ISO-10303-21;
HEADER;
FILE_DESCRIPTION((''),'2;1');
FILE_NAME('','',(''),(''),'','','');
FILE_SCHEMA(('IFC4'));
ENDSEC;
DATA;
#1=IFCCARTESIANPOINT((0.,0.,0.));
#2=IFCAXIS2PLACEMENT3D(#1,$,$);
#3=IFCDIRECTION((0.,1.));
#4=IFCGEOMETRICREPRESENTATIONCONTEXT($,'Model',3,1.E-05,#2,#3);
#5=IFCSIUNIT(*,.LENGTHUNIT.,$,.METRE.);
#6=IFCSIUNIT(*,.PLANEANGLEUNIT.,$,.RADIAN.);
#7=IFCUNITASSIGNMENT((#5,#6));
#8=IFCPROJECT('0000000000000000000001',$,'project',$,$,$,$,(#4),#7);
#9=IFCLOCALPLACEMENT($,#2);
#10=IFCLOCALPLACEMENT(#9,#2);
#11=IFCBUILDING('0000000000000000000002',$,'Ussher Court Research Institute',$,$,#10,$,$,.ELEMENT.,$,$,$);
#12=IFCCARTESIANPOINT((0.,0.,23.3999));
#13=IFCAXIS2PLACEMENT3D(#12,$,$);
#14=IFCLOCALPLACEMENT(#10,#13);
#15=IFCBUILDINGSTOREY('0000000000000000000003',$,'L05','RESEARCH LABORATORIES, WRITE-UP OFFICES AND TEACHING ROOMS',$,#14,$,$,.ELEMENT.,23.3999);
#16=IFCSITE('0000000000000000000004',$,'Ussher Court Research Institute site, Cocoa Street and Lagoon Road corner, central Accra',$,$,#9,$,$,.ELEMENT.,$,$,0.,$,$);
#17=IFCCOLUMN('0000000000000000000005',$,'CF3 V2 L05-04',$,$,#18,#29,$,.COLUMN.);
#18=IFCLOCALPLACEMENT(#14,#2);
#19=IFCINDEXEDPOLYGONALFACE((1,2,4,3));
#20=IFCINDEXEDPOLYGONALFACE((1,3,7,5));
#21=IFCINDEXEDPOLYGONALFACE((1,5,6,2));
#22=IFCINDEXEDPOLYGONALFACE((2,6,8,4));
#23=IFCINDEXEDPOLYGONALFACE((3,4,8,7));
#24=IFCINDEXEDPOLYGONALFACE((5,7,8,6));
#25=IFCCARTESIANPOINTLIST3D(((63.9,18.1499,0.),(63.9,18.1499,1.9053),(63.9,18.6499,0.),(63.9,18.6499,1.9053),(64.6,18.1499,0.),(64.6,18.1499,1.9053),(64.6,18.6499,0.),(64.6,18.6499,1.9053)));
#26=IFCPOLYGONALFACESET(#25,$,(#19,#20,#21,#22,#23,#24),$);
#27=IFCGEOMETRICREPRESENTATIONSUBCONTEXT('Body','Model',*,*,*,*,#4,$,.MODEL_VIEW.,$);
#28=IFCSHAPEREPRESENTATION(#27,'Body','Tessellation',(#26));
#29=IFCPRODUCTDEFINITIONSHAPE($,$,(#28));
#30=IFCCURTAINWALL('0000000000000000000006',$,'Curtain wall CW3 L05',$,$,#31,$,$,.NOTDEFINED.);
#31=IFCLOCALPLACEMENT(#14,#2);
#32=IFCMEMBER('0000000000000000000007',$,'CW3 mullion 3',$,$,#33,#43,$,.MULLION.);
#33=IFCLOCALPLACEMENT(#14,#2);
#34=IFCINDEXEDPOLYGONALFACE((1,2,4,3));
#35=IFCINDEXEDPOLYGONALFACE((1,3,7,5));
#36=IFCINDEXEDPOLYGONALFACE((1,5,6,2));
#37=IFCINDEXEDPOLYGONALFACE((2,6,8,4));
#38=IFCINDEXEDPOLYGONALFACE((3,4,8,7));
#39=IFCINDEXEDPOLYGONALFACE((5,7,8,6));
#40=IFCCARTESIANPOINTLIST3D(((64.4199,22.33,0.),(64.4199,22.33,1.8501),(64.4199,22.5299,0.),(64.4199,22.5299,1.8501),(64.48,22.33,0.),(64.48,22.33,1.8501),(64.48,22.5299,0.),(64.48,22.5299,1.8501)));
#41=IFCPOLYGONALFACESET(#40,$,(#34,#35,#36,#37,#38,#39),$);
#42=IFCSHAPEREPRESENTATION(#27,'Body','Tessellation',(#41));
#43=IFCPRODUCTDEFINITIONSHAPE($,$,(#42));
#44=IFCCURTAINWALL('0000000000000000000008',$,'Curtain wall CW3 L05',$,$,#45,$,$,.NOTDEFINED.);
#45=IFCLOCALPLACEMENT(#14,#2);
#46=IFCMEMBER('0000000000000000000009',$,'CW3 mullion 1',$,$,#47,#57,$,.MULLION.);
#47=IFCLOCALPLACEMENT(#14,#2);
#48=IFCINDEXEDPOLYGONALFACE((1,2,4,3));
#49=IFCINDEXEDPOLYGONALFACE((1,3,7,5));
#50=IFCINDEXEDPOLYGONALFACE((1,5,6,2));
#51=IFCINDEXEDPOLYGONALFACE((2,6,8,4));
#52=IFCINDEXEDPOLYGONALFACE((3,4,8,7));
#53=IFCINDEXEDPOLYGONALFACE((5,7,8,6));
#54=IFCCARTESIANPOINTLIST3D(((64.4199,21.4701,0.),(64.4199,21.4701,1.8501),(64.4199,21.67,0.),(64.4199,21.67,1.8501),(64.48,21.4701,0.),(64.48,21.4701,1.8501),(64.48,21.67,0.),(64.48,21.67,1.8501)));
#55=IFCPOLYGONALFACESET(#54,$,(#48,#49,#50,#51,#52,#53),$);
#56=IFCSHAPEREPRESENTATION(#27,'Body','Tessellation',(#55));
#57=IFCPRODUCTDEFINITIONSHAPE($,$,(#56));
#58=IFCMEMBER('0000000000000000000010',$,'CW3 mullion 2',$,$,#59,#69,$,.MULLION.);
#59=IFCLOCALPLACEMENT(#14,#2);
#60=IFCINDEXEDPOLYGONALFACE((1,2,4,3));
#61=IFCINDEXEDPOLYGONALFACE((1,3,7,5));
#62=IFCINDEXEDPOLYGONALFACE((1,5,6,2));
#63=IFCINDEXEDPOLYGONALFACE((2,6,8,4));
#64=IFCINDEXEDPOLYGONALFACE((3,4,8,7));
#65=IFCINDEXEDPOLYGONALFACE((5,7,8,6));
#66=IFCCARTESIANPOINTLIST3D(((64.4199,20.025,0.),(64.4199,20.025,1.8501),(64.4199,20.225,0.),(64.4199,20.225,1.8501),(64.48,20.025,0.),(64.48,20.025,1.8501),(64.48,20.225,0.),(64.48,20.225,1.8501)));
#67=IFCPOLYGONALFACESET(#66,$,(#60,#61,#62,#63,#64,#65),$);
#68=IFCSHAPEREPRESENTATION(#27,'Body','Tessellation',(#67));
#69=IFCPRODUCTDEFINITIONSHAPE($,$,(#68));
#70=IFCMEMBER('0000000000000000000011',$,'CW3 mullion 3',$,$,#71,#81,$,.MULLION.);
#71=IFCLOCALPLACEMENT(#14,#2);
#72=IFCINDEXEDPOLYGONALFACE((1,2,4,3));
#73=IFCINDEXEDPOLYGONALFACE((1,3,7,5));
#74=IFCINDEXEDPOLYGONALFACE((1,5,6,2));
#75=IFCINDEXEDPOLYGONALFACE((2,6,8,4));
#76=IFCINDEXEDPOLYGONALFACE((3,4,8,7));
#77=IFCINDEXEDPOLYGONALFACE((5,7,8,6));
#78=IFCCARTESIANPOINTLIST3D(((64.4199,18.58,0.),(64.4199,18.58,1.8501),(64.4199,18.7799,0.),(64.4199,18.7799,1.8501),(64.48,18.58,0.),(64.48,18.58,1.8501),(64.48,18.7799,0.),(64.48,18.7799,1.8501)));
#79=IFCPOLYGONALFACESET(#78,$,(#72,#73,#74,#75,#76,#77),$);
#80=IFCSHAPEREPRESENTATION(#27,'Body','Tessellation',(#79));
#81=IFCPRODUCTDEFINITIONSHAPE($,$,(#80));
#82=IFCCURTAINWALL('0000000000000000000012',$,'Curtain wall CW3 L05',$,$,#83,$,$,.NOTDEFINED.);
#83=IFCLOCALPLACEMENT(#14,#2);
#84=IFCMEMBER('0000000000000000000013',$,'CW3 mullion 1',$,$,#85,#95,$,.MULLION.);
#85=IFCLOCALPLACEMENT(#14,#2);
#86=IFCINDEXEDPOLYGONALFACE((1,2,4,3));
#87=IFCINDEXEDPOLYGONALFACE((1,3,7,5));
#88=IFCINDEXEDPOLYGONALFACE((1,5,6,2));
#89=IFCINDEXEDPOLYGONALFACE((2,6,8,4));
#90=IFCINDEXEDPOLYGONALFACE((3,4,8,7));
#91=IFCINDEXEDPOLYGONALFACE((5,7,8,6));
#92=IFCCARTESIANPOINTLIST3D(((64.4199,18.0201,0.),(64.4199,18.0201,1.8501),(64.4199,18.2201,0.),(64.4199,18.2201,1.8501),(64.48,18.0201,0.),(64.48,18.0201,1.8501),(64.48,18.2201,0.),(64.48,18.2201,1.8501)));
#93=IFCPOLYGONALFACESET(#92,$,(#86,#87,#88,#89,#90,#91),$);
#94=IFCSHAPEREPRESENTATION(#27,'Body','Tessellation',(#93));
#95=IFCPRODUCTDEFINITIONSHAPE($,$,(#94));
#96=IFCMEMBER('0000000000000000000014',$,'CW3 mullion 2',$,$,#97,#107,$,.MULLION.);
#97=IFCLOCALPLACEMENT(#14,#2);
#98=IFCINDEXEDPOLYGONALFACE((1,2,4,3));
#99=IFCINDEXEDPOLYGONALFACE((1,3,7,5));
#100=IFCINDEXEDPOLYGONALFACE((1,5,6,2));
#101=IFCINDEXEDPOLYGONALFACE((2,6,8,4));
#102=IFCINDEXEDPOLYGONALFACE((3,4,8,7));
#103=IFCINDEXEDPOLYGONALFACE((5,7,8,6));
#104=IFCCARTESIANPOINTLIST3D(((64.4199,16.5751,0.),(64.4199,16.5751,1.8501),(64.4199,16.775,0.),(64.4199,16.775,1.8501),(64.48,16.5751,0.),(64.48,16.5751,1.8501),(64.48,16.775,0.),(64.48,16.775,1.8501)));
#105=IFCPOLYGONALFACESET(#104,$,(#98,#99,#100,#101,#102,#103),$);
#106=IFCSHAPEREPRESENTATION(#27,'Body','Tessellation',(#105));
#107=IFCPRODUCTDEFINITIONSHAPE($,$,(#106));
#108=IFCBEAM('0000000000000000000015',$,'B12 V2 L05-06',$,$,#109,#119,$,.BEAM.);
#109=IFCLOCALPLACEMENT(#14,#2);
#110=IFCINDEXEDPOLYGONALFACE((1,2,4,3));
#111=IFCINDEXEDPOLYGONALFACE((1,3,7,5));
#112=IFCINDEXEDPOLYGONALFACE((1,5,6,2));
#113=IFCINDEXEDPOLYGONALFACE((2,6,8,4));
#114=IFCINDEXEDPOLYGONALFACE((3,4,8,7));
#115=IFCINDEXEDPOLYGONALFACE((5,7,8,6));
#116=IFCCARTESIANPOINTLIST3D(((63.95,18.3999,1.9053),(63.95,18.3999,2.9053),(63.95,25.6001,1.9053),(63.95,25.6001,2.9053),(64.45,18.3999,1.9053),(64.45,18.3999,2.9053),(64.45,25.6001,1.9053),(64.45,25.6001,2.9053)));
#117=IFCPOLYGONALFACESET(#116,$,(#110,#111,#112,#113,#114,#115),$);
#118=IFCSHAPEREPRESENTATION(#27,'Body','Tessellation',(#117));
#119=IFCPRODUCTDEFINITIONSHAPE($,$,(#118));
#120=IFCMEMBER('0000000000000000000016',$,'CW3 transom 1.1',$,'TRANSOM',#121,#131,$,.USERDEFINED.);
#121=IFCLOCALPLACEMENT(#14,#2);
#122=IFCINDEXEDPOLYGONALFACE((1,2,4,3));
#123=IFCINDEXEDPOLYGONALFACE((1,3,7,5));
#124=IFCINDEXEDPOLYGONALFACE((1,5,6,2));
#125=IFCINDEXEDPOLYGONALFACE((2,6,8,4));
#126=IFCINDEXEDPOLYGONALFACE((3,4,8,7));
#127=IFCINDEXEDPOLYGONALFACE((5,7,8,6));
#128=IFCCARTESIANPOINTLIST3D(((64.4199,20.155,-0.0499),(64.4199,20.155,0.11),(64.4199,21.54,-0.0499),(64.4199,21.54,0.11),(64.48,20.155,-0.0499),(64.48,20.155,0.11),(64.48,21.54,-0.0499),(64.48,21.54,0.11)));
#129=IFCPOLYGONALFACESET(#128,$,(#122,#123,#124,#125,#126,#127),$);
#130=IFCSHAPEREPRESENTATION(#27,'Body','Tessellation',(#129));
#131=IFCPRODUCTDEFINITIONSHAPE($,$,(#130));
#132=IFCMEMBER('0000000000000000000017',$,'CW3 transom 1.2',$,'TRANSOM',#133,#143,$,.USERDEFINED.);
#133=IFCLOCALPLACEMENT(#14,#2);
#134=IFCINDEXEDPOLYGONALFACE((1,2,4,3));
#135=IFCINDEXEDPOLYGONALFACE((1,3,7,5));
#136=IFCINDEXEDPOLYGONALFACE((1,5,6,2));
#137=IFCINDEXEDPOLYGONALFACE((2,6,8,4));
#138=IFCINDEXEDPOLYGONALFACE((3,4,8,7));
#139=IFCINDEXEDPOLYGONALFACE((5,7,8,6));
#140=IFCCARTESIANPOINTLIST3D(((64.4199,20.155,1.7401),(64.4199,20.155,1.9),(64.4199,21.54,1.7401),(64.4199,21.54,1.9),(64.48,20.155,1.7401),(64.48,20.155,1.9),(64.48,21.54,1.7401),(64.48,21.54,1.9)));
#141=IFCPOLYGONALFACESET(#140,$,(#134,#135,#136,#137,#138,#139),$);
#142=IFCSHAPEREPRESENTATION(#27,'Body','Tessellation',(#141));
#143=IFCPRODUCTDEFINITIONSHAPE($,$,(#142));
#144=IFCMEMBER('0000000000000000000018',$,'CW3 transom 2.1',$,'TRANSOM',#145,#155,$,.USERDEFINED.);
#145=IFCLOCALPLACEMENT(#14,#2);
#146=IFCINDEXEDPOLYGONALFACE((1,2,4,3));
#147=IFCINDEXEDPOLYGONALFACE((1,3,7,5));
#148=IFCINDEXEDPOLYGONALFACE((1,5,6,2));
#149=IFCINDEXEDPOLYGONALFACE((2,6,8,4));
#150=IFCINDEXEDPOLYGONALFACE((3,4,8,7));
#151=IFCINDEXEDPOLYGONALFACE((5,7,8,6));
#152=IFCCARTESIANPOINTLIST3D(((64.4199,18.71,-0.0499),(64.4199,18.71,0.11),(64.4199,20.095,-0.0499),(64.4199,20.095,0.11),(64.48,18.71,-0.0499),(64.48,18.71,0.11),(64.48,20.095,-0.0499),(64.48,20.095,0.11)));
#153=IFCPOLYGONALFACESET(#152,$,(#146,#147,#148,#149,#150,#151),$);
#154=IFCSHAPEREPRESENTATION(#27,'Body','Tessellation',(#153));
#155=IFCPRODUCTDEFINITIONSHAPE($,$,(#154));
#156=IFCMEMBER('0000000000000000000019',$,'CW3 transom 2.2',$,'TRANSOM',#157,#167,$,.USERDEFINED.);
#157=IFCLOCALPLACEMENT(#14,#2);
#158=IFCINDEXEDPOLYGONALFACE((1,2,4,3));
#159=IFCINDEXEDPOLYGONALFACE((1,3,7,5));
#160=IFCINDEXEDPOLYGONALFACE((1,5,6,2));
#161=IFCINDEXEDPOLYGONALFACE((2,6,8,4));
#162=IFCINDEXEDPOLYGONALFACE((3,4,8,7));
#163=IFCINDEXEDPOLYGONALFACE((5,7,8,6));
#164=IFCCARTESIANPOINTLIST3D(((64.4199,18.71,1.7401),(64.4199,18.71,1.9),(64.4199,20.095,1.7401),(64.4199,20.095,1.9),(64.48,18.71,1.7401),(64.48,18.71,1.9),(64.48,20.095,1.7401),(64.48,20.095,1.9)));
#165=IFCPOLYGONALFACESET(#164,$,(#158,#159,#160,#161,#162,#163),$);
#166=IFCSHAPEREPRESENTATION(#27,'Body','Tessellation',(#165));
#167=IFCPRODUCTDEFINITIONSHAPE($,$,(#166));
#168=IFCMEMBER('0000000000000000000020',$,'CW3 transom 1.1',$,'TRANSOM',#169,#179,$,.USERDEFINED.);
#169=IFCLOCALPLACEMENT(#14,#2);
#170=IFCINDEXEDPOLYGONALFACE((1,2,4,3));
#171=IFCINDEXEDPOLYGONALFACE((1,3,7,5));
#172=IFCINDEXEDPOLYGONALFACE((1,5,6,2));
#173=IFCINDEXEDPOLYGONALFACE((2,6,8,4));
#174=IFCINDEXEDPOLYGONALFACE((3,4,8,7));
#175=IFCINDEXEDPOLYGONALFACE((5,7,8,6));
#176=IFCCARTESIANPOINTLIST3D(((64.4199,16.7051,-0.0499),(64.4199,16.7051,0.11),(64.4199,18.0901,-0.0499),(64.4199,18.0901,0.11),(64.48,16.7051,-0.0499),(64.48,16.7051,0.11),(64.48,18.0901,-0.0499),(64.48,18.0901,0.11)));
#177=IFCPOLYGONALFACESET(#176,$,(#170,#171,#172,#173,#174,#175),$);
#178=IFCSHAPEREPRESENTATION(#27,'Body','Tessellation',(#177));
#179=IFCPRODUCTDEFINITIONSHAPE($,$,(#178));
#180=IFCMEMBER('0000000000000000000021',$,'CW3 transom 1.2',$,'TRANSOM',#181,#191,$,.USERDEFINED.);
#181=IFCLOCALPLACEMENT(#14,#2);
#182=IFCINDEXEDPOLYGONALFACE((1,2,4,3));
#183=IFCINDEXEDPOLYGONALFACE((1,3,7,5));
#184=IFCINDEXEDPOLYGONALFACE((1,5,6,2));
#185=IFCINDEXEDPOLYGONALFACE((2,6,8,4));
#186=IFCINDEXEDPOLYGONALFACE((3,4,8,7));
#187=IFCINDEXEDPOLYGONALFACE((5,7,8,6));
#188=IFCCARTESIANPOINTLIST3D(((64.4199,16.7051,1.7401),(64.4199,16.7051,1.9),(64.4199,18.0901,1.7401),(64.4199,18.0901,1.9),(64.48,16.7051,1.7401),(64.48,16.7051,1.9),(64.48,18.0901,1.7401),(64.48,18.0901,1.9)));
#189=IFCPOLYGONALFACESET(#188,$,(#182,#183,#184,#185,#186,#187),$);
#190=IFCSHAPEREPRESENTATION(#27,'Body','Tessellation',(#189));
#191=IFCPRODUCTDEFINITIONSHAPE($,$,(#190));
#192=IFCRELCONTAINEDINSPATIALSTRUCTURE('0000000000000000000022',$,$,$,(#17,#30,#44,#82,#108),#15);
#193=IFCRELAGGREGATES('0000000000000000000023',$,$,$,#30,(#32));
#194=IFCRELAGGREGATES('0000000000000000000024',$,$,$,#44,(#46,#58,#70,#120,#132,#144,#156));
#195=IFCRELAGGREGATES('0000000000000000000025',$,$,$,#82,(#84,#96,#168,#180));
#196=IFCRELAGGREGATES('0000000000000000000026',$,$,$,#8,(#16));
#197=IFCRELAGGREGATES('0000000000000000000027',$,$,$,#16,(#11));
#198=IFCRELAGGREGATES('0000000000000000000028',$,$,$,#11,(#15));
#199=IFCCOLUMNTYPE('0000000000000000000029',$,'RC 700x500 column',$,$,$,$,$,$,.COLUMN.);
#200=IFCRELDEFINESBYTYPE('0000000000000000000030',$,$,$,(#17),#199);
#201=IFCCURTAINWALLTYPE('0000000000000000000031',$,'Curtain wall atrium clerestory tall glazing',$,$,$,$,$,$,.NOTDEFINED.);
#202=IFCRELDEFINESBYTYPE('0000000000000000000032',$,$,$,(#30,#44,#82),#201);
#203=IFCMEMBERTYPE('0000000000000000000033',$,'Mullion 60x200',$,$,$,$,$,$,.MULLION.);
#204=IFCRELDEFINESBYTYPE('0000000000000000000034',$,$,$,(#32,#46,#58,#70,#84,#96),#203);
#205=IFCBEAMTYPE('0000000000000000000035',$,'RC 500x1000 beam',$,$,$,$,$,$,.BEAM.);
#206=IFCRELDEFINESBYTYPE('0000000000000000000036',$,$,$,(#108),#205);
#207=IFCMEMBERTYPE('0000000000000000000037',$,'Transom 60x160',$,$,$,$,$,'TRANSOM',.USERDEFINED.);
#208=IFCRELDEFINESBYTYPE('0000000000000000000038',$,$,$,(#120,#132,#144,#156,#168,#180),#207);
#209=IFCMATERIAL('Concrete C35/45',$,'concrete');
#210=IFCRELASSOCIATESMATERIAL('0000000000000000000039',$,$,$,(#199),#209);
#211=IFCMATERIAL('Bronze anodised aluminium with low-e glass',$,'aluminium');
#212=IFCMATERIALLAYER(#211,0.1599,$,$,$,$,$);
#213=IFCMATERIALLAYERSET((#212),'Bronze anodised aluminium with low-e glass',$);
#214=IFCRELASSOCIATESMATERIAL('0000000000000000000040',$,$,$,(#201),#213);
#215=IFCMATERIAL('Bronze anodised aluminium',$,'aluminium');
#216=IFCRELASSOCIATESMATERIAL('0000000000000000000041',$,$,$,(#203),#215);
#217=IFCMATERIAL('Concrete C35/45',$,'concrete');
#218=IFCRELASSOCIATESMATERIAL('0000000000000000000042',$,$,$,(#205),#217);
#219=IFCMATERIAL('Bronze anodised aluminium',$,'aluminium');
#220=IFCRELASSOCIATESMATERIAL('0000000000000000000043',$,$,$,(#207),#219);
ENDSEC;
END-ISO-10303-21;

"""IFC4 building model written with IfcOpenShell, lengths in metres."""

from ifc_helpers import new_model, si_unit, direction, frame, origin, origin_2d, place, context, subcontext, project, spatial, rectangle, extrude, material, layer, layer_set, material_profile, profile_set, type_object, element, aggregate, save


model = new_model("IFC4")

# Units and contexts
model_context = context("Model", 3, precision=1e-05, world=origin(), true_north=direction((0.0, 1.0)))
body_context = subcontext(model_context, "Body", "Model", "MODEL_VIEW")
ifc_project = project(units=[si_unit("LENGTHUNIT", "METRE"), si_unit("PLANEANGLEUNIT", "RADIAN")], contexts=[model_context])

# Site, building, storey
site_placement = place(None, origin())
site = spatial("IfcSite", under=ifc_project, at=site_placement, Name="Ussher Court Research Institute site, Cocoa Street and Lagoon Road corner, central Accra", CompositionType="ELEMENT", RefElevation=0.0)
building_placement = place(site_placement, origin())
building = spatial("IfcBuilding", under=site, at=building_placement, Name="Ussher Court Research Institute", CompositionType="ELEMENT")
storey_placement = place(building_placement, frame((0.0, 0.0, 23.3999)))
storey = spatial("IfcBuildingStorey", under=building, at=storey_placement, Name="L05", Description="RESEARCH LABORATORIES, WRITE-UP OFFICES AND TEACHING ROOMS", CompositionType="ELEMENT", Elevation=23.3999)

# Column
ifc_material_1 = material(Name="Concrete C35/45", Category="concrete")
ifc_material_profile_1 = material_profile(ifc_material_1, rectangle(XDim=0.7, YDim=0.5, at=origin_2d()), Name="RC 700x500")
ifc_profile_set_1 = profile_set([ifc_material_profile_1], Name="Concrete C35/45")
column_type = type_object("IfcColumnType", Name="RC 700x500 column", PredefinedType="COLUMN", material=ifc_profile_set_1)
column_placement = place(storey_placement, frame((64.25, 18.3999, 0.0), z_axis=(0.0, 0.0, 1.0), x_axis=(1.0, 0.0, 0.0)))
element("IfcColumn", 1, at=column_placement, inside=storey, type_object=column_type, Name="CF3 V2 L05-04", PredefinedType="COLUMN", context=body_context, shape_type="SweptSolid", body=[
    extrude(rectangle(XDim=0.7, YDim=0.5, at=origin_2d()), origin(), (0.0, 0.0, 1.0), 1.9053),
])

# Curtain wall, member
ifc_material_2 = material(Name="Bronze anodised aluminium with low-e glass", Category="aluminium")
ifc_layer_1 = layer(ifc_material_2, 0.1599)
ifc_layer_set_1 = layer_set([ifc_layer_1], Name="Bronze anodised aluminium with low-e glass")
curtain_wall_type = type_object("IfcCurtainWallType", Name="Curtain wall atrium clerestory tall glazing", PredefinedType="NOTDEFINED", material=ifc_layer_set_1)
curtain_wall_1_placement = place(storey_placement, origin())
curtain_wall_1 = element("IfcCurtainWall", 2, at=curtain_wall_1_placement, inside=storey, type_object=curtain_wall_type, Name="Curtain wall CW3 L05", PredefinedType="NOTDEFINED")
ifc_material_3 = material(Name="Bronze anodised aluminium", Category="aluminium")
ifc_material_profile_2 = material_profile(ifc_material_3, rectangle(XDim=0.0601, YDim=0.2, at=origin_2d()), Name="Mullion 60x200")
ifc_profile_set_2 = profile_set([ifc_material_profile_2], Name="Bronze anodised aluminium")
member_type_1 = type_object("IfcMemberType", Name="Mullion 60x200", PredefinedType="MULLION", material=ifc_profile_set_2)
member_1_placement = place(storey_placement, frame((64.45, 22.4299, 0.0), z_axis=(0.0, 0.0, 1.0), x_axis=(1.0, 0.0, 0.0)))
member_1 = element("IfcMember", 3, at=member_1_placement, type_object=member_type_1, Name="CW3 mullion 3", PredefinedType="MULLION", context=body_context, shape_type="SweptSolid", body=[
    extrude(rectangle(XDim=0.0601, YDim=0.2, at=origin_2d()), origin(), (0.0, 0.0, 1.0), 1.8501),
])
aggregate(curtain_wall_1, [member_1])

# Curtain walls, members
curtain_wall_2_placement = place(storey_placement, origin())
curtain_wall_2 = element("IfcCurtainWall", 4, at=curtain_wall_2_placement, inside=storey, type_object=curtain_wall_type, Name="Curtain wall CW3 L05", PredefinedType="NOTDEFINED")
member_2_placement = place(storey_placement, frame((64.45, 21.5701, 0.0), z_axis=(0.0, 0.0, 1.0), x_axis=(1.0, 0.0, 0.0)))
member_2 = element("IfcMember", 5, at=member_2_placement, type_object=member_type_1, Name="CW3 mullion 1", PredefinedType="MULLION", context=body_context, shape_type="SweptSolid", body=[
    extrude(rectangle(XDim=0.0601, YDim=0.2, at=origin_2d()), origin(), (0.0, 0.0, 1.0), 1.8501),
])
member_3_placement = place(storey_placement, frame((64.45, 20.125, 0.0), z_axis=(0.0, 0.0, 1.0), x_axis=(1.0, 0.0, 0.0)))
member_3 = element("IfcMember", 6, at=member_3_placement, type_object=member_type_1, Name="CW3 mullion 2", PredefinedType="MULLION", context=body_context, shape_type="SweptSolid", body=[
    extrude(rectangle(XDim=0.0601, YDim=0.2, at=origin_2d()), origin(), (0.0, 0.0, 1.0), 1.8501),
])
member_4_placement = place(storey_placement, frame((64.45, 18.6799, 0.0), z_axis=(0.0, 0.0, 1.0), x_axis=(1.0, 0.0, 0.0)))
member_4 = element("IfcMember", 7, at=member_4_placement, type_object=member_type_1, Name="CW3 mullion 3", PredefinedType="MULLION", context=body_context, shape_type="SweptSolid", body=[
    extrude(rectangle(XDim=0.0601, YDim=0.2, at=origin_2d()), origin(), (0.0, 0.0, 1.0), 1.8501),
])
curtain_wall_3_placement = place(storey_placement, origin())
curtain_wall_3 = element("IfcCurtainWall", 8, at=curtain_wall_3_placement, inside=storey, type_object=curtain_wall_type, Name="Curtain wall CW3 L05", PredefinedType="NOTDEFINED")
member_5_placement = place(storey_placement, frame((64.45, 18.1201, 0.0), z_axis=(0.0, 0.0, 1.0), x_axis=(1.0, 0.0, 0.0)))
member_5 = element("IfcMember", 9, at=member_5_placement, type_object=member_type_1, Name="CW3 mullion 1", PredefinedType="MULLION", context=body_context, shape_type="SweptSolid", body=[
    extrude(rectangle(XDim=0.0601, YDim=0.2, at=origin_2d()), origin(), (0.0, 0.0, 1.0), 1.8501),
])
member_6_placement = place(storey_placement, frame((64.45, 16.675, 0.0), z_axis=(0.0, 0.0, 1.0), x_axis=(1.0, 0.0, 0.0)))
member_6 = element("IfcMember", 10, at=member_6_placement, type_object=member_type_1, Name="CW3 mullion 2", PredefinedType="MULLION", context=body_context, shape_type="SweptSolid", body=[
    extrude(rectangle(XDim=0.0601, YDim=0.2, at=origin_2d()), origin(), (0.0, 0.0, 1.0), 1.8501),
])

# Beam
ifc_material_4 = material(Name="Concrete C35/45", Category="concrete")
ifc_material_profile_3 = material_profile(ifc_material_4, rectangle(XDim=0.5, YDim=1.0, at=origin_2d()), Name="RC 500x1000")
ifc_profile_set_3 = profile_set([ifc_material_profile_3], Name="Concrete C35/45")
beam_type = type_object("IfcBeamType", Name="RC 500x1000 beam", PredefinedType="BEAM", material=ifc_profile_set_3)
beam_placement = place(storey_placement, frame((64.2, 18.3999, 2.4053), z_axis=(0.0, 1.0, 0.0), x_axis=(-1.0, 0.0, 0.0)))
element("IfcBeam", 11, at=beam_placement, inside=storey, type_object=beam_type, Name="B12 V2 L05-06", PredefinedType="BEAM", context=body_context, shape_type="SweptSolid", body=[
    extrude(rectangle(XDim=0.5, YDim=1.0, at=origin_2d()), origin(), (0.0, 0.0, 1.0), 7.2002),
])

# Members
ifc_material_5 = material(Name="Bronze anodised aluminium", Category="aluminium")
ifc_material_profile_4 = material_profile(ifc_material_5, rectangle(XDim=0.0601, YDim=0.1599, at=origin_2d()), Name="Transom 60x160")
ifc_profile_set_4 = profile_set([ifc_material_profile_4], Name="Bronze anodised aluminium")
member_type_2 = type_object("IfcMemberType", Name="Transom 60x160", ElementType="TRANSOM", PredefinedType="USERDEFINED", material=ifc_profile_set_4)
member_7_placement = place(storey_placement, frame((64.45, 21.54, 0.03), z_axis=(0.0, -1.0, 0.0), x_axis=(1.0, 0.0, 0.0)))
member_7 = element("IfcMember", 12, at=member_7_placement, type_object=member_type_2, Name="CW3 transom 1.1", ObjectType="TRANSOM", PredefinedType="USERDEFINED", context=body_context, shape_type="SweptSolid", body=[
    extrude(rectangle(XDim=0.0601, YDim=0.1599, at=origin_2d()), origin(), (0.0, 0.0, 1.0), 1.385),
])
member_8_placement = place(storey_placement, frame((64.45, 21.54, 1.8201), z_axis=(0.0, -1.0, 0.0), x_axis=(1.0, 0.0, 0.0)))
member_8 = element("IfcMember", 13, at=member_8_placement, type_object=member_type_2, Name="CW3 transom 1.2", ObjectType="TRANSOM", PredefinedType="USERDEFINED", context=body_context, shape_type="SweptSolid", body=[
    extrude(rectangle(XDim=0.0601, YDim=0.1599, at=origin_2d()), origin(), (0.0, 0.0, 1.0), 1.385),
])
member_9_placement = place(storey_placement, frame((64.45, 20.095, 0.03), z_axis=(0.0, -1.0, 0.0), x_axis=(1.0, 0.0, 0.0)))
member_9 = element("IfcMember", 14, at=member_9_placement, type_object=member_type_2, Name="CW3 transom 2.1", ObjectType="TRANSOM", PredefinedType="USERDEFINED", context=body_context, shape_type="SweptSolid", body=[
    extrude(rectangle(XDim=0.0601, YDim=0.1599, at=origin_2d()), origin(), (0.0, 0.0, 1.0), 1.385),
])
member_10_placement = place(storey_placement, frame((64.45, 20.095, 1.8201), z_axis=(0.0, -1.0, 0.0), x_axis=(1.0, 0.0, 0.0)))
member_10 = element("IfcMember", 15, at=member_10_placement, type_object=member_type_2, Name="CW3 transom 2.2", ObjectType="TRANSOM", PredefinedType="USERDEFINED", context=body_context, shape_type="SweptSolid", body=[
    extrude(rectangle(XDim=0.0601, YDim=0.1599, at=origin_2d()), origin(), (0.0, 0.0, 1.0), 1.385),
])
member_11_placement = place(storey_placement, frame((64.45, 18.0901, 0.03), z_axis=(0.0, -1.0, 0.0), x_axis=(1.0, 0.0, 0.0)))
member_11 = element("IfcMember", 16, at=member_11_placement, type_object=member_type_2, Name="CW3 transom 1.1", ObjectType="TRANSOM", PredefinedType="USERDEFINED", context=body_context, shape_type="SweptSolid", body=[
    extrude(rectangle(XDim=0.0601, YDim=0.1599, at=origin_2d()), origin(), (0.0, 0.0, 1.0), 1.385),
])
member_12_placement = place(storey_placement, frame((64.45, 18.0901, 1.8201), z_axis=(0.0, -1.0, 0.0), x_axis=(1.0, 0.0, 0.0)))
member_12 = element("IfcMember", 17, at=member_12_placement, type_object=member_type_2, Name="CW3 transom 1.2", ObjectType="TRANSOM", PredefinedType="USERDEFINED", context=body_context, shape_type="SweptSolid", body=[
    extrude(rectangle(XDim=0.0601, YDim=0.1599, at=origin_2d()), origin(), (0.0, 0.0, 1.0), 1.385),
])

aggregate(curtain_wall_2, [member_2, member_3, member_4, member_7, member_8, member_9, member_10])
aggregate(curtain_wall_3, [member_5, member_6, member_11, member_12])

save(model, "model.ifc")
